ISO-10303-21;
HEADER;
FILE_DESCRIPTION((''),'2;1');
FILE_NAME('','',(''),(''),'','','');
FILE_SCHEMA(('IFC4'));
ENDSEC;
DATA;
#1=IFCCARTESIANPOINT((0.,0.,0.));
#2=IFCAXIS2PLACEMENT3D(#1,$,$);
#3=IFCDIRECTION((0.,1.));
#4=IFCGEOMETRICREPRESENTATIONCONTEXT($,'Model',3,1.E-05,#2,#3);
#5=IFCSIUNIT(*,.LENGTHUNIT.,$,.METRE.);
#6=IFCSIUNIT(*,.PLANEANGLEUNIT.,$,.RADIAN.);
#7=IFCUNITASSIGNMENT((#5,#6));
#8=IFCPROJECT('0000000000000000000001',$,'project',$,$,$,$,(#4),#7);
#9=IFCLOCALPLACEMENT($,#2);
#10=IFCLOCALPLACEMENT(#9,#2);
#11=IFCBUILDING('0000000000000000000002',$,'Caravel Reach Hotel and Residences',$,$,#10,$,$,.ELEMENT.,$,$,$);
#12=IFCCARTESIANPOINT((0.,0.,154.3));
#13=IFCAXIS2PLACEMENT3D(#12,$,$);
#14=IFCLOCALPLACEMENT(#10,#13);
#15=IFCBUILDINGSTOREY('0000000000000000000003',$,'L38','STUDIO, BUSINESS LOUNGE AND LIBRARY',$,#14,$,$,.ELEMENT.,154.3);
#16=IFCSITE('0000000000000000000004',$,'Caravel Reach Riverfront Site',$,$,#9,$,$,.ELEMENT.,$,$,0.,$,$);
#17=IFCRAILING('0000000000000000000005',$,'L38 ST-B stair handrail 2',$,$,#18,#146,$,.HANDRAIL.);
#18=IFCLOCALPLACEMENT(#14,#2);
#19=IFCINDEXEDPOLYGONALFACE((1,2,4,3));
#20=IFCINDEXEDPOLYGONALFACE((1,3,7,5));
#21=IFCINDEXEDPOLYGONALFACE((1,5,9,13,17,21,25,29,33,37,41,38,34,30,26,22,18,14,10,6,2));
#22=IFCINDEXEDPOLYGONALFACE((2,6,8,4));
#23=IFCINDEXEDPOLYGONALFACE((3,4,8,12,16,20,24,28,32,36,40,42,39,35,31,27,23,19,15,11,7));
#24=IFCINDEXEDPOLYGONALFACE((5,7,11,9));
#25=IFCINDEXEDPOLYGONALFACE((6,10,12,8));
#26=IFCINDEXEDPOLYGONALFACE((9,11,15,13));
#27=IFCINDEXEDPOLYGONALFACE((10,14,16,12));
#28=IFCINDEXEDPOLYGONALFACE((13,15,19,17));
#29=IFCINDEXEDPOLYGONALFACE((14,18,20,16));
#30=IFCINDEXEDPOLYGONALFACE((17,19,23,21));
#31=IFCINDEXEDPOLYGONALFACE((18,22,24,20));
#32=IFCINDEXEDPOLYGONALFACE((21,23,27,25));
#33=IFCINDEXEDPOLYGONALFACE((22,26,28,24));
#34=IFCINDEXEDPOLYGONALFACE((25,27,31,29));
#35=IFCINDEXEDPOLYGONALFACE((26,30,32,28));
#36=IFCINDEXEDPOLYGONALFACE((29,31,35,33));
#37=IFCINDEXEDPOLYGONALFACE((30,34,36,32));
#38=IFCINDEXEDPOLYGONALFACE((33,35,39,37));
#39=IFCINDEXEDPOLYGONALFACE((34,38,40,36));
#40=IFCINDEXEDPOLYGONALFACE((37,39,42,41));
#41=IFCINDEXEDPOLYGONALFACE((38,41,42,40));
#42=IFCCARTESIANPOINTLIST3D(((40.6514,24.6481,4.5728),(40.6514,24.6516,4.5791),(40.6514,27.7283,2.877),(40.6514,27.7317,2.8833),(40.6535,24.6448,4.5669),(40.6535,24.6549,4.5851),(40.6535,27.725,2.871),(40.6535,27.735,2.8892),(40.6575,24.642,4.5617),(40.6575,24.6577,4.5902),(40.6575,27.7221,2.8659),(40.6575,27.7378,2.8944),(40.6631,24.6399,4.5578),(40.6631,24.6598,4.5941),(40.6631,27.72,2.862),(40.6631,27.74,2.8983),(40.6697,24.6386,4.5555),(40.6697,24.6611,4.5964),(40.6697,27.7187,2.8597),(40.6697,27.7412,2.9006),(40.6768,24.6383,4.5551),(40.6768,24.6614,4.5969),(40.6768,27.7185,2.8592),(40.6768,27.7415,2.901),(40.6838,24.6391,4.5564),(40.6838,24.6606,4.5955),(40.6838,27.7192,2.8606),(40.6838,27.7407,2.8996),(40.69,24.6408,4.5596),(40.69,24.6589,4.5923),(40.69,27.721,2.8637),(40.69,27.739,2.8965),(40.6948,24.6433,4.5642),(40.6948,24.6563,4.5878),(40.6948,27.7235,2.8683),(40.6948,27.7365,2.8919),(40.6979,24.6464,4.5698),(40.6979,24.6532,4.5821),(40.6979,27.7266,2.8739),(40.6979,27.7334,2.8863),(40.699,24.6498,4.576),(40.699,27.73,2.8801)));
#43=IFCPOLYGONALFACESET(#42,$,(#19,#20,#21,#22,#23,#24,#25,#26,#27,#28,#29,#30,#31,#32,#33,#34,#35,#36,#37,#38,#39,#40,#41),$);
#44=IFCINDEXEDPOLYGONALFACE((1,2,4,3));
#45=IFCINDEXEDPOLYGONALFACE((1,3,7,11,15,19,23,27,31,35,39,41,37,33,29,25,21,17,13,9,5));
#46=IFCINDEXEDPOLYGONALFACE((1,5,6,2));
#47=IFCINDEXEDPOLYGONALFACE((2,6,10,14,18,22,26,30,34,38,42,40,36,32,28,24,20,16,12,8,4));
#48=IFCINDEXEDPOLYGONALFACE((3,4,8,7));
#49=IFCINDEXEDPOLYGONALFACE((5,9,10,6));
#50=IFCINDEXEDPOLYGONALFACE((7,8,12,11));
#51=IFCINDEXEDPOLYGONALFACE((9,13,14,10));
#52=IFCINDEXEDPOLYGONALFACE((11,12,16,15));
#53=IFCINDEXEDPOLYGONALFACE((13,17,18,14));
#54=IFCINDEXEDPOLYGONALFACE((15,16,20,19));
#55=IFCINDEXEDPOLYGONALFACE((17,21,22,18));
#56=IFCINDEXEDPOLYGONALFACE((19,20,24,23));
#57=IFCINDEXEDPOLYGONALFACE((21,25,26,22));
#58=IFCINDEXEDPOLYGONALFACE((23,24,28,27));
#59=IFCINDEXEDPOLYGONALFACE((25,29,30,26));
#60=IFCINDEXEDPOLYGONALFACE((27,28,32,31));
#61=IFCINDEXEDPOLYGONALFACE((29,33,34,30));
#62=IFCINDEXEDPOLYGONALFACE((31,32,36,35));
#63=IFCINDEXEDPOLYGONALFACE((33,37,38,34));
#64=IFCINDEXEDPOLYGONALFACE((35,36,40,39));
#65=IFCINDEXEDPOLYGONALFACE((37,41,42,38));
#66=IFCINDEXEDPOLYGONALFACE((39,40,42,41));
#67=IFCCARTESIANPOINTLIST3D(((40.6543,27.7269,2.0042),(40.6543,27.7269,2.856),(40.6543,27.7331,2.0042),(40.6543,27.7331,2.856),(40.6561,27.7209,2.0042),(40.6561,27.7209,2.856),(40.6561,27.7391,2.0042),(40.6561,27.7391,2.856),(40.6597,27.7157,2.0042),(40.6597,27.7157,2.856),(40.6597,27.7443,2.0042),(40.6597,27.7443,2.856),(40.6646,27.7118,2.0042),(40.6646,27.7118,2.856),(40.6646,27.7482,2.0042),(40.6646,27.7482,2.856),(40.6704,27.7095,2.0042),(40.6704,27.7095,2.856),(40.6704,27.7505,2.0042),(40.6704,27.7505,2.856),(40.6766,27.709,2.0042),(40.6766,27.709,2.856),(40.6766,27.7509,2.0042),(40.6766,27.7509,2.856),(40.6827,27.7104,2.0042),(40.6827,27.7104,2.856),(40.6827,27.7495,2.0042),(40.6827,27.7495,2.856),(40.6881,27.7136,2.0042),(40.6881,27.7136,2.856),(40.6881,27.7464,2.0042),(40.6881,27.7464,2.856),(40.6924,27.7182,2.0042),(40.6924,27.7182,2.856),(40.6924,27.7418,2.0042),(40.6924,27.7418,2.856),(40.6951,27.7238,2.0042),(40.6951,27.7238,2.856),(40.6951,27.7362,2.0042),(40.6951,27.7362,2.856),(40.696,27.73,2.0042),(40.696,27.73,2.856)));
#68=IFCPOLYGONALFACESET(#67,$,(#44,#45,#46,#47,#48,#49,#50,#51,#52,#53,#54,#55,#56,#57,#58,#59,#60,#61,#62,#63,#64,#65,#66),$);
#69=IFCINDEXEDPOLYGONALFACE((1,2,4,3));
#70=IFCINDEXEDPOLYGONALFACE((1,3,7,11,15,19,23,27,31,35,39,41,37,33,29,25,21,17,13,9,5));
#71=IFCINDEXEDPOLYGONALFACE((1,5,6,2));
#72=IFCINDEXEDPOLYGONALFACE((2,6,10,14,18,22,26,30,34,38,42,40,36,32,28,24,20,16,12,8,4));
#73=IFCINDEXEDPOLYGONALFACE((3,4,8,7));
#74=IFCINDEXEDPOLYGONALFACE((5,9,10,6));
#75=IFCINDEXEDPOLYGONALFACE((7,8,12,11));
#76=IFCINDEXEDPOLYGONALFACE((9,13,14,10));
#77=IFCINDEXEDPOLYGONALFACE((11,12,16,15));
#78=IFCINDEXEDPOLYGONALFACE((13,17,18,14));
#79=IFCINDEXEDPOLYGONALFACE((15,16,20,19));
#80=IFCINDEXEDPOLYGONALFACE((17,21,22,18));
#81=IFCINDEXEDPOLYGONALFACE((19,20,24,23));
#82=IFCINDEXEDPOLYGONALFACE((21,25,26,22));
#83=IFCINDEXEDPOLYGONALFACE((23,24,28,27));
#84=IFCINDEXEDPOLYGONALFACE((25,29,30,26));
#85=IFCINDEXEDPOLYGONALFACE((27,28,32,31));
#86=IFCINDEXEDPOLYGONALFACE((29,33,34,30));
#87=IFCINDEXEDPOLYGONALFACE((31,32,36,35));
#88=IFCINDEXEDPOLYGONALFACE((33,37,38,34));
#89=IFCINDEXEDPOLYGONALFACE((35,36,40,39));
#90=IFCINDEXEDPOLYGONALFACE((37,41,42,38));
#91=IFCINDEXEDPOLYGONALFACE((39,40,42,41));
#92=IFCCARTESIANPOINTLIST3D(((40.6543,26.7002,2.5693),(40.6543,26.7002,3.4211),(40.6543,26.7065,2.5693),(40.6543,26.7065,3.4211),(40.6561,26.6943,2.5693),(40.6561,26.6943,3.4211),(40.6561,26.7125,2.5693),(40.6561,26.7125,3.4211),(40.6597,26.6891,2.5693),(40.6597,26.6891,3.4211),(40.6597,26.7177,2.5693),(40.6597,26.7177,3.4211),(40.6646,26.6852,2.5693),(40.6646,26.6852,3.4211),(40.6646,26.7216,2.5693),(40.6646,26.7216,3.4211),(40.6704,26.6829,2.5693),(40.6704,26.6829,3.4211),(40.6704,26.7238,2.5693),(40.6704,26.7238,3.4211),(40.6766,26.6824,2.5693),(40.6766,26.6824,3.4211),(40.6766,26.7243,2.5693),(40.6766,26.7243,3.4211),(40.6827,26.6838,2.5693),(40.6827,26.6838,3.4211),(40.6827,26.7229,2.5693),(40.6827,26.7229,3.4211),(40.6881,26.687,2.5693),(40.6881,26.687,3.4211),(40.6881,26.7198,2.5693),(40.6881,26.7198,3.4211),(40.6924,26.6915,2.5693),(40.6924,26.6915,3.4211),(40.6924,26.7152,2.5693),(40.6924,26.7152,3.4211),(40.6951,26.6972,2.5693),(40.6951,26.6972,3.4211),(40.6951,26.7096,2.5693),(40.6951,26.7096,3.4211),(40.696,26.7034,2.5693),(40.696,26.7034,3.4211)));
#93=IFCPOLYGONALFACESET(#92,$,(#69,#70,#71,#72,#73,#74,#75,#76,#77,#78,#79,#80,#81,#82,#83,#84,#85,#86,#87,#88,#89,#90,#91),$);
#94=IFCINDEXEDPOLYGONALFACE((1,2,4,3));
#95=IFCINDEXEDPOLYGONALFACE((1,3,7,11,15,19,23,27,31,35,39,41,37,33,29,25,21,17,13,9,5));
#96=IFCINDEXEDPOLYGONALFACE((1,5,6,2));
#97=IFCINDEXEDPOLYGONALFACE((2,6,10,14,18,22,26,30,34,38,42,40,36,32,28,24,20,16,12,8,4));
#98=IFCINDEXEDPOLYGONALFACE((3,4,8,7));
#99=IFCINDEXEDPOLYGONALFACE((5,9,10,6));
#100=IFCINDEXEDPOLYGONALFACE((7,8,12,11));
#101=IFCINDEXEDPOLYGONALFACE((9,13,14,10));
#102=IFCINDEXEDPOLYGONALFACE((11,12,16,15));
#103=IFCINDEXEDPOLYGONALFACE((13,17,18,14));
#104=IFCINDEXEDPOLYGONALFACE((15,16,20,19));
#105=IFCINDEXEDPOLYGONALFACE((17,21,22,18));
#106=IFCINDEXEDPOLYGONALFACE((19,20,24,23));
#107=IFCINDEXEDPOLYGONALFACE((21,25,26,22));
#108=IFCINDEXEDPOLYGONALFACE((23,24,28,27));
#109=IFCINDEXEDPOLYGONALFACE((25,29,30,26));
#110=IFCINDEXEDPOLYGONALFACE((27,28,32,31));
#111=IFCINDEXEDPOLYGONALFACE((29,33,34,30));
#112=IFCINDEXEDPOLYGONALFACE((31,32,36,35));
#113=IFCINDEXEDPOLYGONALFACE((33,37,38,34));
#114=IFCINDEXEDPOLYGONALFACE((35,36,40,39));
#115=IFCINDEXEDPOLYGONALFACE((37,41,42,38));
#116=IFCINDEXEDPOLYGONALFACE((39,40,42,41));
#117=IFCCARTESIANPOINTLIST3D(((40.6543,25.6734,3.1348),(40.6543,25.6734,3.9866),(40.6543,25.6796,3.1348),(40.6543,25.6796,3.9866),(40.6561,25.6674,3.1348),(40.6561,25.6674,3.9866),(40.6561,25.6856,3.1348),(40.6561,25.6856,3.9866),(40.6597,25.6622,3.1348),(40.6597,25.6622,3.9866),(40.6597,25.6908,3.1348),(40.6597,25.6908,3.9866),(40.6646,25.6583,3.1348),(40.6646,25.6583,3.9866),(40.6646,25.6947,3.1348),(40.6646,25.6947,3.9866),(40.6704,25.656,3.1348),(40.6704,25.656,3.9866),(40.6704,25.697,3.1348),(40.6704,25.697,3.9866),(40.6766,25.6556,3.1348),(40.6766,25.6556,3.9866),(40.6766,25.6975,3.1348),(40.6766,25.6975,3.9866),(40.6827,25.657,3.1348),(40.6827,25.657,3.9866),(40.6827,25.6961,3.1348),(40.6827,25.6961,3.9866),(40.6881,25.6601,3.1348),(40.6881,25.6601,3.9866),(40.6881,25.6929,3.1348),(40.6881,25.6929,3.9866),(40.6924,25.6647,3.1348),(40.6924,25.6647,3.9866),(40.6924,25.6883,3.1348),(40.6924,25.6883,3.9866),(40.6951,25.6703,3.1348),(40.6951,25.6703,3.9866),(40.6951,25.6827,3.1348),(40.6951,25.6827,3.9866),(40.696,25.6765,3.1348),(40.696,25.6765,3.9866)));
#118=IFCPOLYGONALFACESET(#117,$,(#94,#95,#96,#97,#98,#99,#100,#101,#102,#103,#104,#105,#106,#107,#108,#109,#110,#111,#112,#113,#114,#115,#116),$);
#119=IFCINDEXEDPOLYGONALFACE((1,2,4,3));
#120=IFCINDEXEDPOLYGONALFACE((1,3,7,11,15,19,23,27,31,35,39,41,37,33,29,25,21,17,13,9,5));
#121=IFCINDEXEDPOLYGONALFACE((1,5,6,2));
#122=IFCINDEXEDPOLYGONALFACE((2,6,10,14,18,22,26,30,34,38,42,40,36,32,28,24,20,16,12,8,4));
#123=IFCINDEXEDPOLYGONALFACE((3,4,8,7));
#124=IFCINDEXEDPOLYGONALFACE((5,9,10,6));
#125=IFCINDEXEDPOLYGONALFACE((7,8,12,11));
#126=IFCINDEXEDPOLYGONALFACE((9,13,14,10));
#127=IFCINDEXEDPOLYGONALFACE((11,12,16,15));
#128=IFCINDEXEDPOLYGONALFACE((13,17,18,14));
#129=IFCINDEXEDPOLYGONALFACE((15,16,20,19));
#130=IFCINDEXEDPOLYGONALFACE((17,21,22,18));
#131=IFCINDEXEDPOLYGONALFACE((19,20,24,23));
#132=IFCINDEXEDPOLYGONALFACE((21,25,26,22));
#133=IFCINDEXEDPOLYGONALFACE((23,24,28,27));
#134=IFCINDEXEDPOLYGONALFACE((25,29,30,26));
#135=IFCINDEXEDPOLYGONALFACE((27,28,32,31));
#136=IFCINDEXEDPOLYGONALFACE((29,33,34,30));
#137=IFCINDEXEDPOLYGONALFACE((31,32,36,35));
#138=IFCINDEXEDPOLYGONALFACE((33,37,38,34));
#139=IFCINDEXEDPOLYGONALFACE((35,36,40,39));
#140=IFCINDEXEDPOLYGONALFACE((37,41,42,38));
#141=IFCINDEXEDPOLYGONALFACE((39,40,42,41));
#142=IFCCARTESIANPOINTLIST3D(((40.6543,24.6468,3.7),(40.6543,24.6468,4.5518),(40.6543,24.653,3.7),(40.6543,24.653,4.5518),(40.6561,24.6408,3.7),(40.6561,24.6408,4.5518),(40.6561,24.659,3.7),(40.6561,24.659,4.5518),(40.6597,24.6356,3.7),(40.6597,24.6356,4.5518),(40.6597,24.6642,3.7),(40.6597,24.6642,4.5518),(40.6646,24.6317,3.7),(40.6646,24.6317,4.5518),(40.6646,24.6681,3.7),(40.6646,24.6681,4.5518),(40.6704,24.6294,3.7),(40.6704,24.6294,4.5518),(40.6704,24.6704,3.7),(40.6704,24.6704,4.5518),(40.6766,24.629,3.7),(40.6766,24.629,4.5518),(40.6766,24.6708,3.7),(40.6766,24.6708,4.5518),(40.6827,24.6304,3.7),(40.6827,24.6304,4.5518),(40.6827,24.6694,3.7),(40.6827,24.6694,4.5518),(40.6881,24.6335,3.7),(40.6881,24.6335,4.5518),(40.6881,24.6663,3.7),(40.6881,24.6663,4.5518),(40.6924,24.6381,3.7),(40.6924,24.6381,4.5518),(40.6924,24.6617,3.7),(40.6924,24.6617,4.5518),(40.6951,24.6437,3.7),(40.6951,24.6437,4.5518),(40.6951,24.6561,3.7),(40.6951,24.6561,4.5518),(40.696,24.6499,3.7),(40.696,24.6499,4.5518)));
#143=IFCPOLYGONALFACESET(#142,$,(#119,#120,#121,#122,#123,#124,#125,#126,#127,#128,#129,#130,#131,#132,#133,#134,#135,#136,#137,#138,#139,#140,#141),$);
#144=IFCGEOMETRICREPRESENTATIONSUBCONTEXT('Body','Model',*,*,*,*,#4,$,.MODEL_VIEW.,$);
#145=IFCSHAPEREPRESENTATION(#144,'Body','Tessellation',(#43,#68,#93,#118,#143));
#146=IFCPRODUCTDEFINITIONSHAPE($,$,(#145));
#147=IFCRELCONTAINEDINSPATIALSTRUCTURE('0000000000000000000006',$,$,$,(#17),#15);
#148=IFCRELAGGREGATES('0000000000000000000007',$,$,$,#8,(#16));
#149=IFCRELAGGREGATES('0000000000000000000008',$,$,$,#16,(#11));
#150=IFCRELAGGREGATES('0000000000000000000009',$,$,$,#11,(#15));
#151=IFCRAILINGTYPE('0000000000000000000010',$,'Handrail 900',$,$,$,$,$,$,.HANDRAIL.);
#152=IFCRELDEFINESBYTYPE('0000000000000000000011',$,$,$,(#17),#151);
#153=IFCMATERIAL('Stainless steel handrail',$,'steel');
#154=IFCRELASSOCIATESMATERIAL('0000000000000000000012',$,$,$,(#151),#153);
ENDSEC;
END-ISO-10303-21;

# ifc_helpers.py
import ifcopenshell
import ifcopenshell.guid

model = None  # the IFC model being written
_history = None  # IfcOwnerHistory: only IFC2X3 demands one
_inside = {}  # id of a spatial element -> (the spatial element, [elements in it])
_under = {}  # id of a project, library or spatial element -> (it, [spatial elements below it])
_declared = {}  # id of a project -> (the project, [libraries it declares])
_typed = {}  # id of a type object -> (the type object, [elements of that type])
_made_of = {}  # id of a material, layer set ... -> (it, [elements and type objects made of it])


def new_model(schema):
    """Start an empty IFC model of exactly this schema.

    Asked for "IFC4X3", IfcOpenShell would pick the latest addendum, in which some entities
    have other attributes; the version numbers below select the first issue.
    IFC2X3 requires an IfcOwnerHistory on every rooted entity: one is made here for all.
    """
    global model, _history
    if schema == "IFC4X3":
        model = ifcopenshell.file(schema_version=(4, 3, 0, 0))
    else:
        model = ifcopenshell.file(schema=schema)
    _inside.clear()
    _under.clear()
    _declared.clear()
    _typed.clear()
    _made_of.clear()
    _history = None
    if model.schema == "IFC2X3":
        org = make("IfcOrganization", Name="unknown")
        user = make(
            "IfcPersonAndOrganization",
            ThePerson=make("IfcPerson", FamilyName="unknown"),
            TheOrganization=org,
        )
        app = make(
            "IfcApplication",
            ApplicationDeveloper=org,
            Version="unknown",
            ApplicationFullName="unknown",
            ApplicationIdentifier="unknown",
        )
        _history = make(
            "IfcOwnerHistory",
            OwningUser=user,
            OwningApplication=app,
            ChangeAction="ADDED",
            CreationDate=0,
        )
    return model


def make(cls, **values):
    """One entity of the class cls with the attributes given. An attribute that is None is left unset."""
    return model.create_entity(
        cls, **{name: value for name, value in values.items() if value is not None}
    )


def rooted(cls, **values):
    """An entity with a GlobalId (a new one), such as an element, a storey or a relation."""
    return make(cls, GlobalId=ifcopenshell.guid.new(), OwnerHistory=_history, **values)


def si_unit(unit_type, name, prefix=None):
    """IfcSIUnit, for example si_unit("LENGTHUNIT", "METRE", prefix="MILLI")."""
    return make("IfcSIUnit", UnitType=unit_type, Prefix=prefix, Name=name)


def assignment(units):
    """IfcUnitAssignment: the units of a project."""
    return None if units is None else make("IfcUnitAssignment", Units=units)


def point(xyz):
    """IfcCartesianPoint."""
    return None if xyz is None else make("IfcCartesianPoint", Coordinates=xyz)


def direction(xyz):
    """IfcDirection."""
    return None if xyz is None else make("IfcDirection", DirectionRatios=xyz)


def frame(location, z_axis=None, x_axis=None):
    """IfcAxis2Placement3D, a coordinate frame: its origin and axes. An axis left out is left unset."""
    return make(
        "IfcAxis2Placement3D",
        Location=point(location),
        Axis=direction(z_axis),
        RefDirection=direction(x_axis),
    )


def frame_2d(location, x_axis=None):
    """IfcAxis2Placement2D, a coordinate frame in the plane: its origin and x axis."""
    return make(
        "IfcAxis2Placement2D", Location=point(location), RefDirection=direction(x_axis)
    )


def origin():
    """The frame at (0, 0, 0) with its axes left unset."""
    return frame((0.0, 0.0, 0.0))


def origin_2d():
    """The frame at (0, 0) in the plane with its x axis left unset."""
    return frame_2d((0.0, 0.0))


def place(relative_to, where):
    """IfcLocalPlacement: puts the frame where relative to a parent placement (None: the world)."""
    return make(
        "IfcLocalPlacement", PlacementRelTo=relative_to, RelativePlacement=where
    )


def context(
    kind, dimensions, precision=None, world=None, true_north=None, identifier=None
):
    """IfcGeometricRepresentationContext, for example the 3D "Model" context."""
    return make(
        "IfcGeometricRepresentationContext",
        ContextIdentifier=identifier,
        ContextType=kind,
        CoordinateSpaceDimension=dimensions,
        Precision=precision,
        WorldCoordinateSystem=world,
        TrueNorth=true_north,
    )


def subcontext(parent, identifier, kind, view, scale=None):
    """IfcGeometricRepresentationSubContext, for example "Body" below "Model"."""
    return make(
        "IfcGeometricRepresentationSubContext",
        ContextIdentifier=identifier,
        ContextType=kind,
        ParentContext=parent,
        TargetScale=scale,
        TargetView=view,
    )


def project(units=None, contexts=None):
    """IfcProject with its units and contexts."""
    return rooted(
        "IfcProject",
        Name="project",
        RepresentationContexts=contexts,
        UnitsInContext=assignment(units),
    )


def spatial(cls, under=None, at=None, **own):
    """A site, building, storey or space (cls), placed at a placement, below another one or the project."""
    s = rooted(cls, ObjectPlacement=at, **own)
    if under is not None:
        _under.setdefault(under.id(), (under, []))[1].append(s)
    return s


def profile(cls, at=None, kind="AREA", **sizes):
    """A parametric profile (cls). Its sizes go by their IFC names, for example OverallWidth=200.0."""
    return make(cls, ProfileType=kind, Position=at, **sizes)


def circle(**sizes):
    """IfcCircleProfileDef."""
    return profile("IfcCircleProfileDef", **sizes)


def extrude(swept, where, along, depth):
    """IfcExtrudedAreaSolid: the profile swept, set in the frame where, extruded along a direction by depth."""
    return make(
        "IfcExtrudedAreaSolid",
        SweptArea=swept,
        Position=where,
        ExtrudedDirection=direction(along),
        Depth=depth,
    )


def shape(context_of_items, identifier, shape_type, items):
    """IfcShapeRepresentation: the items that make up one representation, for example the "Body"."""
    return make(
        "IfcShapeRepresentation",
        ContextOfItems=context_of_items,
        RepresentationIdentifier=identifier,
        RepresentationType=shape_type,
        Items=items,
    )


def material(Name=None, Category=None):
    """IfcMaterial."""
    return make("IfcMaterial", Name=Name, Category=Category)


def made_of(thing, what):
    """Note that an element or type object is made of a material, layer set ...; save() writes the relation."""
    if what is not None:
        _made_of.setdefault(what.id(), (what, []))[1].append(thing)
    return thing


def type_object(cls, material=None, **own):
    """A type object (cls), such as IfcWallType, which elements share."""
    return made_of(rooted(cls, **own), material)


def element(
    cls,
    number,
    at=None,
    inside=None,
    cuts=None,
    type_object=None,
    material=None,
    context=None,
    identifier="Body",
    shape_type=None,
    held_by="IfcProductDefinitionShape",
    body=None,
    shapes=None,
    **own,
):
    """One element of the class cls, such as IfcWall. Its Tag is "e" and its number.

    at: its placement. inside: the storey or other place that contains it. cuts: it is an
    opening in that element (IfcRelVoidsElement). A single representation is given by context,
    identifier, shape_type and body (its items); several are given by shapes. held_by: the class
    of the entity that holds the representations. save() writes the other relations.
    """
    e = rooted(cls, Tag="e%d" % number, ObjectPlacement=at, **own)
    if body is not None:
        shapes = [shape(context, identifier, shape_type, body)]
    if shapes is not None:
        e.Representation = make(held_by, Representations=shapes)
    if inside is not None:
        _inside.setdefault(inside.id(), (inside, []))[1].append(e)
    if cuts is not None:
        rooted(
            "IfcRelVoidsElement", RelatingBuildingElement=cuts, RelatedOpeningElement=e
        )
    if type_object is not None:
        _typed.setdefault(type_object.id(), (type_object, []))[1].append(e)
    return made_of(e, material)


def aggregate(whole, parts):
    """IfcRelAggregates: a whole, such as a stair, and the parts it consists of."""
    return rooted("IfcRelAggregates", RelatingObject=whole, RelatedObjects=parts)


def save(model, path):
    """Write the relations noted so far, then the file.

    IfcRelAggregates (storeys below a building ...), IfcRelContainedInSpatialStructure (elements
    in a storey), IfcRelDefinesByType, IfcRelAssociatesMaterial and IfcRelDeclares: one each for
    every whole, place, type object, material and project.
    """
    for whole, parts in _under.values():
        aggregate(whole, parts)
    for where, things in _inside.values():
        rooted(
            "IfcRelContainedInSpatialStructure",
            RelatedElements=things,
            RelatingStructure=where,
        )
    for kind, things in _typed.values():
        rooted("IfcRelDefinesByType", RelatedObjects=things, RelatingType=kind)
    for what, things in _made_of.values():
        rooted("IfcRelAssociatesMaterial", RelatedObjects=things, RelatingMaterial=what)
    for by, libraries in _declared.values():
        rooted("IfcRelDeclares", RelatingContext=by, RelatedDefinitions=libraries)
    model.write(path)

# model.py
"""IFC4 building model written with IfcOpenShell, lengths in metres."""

from ifc_helpers import new_model, si_unit, direction, frame, origin, origin_2d, place, context, subcontext, project, spatial, circle, extrude, material, type_object, element, save


model = new_model("IFC4")

# Units and contexts
model_context = context("Model", 3, precision=1e-05, world=origin(), true_north=direction((0.0, 1.0)))
body_context = subcontext(model_context, "Body", "Model", "MODEL_VIEW")
ifc_project = project(units=[si_unit("LENGTHUNIT", "METRE"), si_unit("PLANEANGLEUNIT", "RADIAN")], contexts=[model_context])

# Site, building, storey
site_placement = place(None, origin())
site = spatial("IfcSite", under=ifc_project, at=site_placement, Name="Caravel Reach Riverfront Site", CompositionType="ELEMENT", RefElevation=0.0)
building_placement = place(site_placement, origin())
building = spatial("IfcBuilding", under=site, at=building_placement, Name="Caravel Reach Hotel and Residences", CompositionType="ELEMENT")
storey_placement = place(building_placement, frame((0.0, 0.0, 154.3)))
storey = spatial("IfcBuildingStorey", under=building, at=storey_placement, Name="L38", Description="STUDIO, BUSINESS LOUNGE AND LIBRARY", CompositionType="ELEMENT", Elevation=154.3)

# Railing
ifc_material_1 = material(Name="Stainless steel handrail", Category="steel")
railing_type_1 = type_object("IfcRailingType", Name="Handrail 900", PredefinedType="HANDRAIL", material=ifc_material_1)
railing_1_placement = place(storey_placement, frame((40.675, 27.73, 2.0042)))
element("IfcRailing", 1, at=railing_1_placement, inside=storey, type_object=railing_type_1, Name="L38 ST-B stair handrail 2", PredefinedType="HANDRAIL", context=body_context, shape_type="SweptSolid", body=[
    extrude(circle(Radius=0.0239, at=origin_2d()), frame((0.0, 0.0, 0.876), z_axis=(0.0, -0.876005, 0.482303), x_axis=(1.0, 0.0, 0.0)), (0.0, 0.0, 1.0), 3.5161),
    extrude(circle(Radius=0.021, at=origin_2d()), origin(), (0.0, 0.0, 1.0), 0.8518),
    extrude(circle(Radius=0.021, at=origin_2d()), frame((0.0, -1.0266, 0.5652)), (0.0, 0.0, 1.0), 0.8518),
    extrude(circle(Radius=0.021, at=origin_2d()), frame((0.0, -2.0535, 1.1306)), (0.0, 0.0, 1.0), 0.8518),
    extrude(circle(Radius=0.021, at=origin_2d()), frame((0.0, -3.0801, 1.6958)), (0.0, 0.0, 1.0), 0.8518),
])

save(model, "model.ifc")
